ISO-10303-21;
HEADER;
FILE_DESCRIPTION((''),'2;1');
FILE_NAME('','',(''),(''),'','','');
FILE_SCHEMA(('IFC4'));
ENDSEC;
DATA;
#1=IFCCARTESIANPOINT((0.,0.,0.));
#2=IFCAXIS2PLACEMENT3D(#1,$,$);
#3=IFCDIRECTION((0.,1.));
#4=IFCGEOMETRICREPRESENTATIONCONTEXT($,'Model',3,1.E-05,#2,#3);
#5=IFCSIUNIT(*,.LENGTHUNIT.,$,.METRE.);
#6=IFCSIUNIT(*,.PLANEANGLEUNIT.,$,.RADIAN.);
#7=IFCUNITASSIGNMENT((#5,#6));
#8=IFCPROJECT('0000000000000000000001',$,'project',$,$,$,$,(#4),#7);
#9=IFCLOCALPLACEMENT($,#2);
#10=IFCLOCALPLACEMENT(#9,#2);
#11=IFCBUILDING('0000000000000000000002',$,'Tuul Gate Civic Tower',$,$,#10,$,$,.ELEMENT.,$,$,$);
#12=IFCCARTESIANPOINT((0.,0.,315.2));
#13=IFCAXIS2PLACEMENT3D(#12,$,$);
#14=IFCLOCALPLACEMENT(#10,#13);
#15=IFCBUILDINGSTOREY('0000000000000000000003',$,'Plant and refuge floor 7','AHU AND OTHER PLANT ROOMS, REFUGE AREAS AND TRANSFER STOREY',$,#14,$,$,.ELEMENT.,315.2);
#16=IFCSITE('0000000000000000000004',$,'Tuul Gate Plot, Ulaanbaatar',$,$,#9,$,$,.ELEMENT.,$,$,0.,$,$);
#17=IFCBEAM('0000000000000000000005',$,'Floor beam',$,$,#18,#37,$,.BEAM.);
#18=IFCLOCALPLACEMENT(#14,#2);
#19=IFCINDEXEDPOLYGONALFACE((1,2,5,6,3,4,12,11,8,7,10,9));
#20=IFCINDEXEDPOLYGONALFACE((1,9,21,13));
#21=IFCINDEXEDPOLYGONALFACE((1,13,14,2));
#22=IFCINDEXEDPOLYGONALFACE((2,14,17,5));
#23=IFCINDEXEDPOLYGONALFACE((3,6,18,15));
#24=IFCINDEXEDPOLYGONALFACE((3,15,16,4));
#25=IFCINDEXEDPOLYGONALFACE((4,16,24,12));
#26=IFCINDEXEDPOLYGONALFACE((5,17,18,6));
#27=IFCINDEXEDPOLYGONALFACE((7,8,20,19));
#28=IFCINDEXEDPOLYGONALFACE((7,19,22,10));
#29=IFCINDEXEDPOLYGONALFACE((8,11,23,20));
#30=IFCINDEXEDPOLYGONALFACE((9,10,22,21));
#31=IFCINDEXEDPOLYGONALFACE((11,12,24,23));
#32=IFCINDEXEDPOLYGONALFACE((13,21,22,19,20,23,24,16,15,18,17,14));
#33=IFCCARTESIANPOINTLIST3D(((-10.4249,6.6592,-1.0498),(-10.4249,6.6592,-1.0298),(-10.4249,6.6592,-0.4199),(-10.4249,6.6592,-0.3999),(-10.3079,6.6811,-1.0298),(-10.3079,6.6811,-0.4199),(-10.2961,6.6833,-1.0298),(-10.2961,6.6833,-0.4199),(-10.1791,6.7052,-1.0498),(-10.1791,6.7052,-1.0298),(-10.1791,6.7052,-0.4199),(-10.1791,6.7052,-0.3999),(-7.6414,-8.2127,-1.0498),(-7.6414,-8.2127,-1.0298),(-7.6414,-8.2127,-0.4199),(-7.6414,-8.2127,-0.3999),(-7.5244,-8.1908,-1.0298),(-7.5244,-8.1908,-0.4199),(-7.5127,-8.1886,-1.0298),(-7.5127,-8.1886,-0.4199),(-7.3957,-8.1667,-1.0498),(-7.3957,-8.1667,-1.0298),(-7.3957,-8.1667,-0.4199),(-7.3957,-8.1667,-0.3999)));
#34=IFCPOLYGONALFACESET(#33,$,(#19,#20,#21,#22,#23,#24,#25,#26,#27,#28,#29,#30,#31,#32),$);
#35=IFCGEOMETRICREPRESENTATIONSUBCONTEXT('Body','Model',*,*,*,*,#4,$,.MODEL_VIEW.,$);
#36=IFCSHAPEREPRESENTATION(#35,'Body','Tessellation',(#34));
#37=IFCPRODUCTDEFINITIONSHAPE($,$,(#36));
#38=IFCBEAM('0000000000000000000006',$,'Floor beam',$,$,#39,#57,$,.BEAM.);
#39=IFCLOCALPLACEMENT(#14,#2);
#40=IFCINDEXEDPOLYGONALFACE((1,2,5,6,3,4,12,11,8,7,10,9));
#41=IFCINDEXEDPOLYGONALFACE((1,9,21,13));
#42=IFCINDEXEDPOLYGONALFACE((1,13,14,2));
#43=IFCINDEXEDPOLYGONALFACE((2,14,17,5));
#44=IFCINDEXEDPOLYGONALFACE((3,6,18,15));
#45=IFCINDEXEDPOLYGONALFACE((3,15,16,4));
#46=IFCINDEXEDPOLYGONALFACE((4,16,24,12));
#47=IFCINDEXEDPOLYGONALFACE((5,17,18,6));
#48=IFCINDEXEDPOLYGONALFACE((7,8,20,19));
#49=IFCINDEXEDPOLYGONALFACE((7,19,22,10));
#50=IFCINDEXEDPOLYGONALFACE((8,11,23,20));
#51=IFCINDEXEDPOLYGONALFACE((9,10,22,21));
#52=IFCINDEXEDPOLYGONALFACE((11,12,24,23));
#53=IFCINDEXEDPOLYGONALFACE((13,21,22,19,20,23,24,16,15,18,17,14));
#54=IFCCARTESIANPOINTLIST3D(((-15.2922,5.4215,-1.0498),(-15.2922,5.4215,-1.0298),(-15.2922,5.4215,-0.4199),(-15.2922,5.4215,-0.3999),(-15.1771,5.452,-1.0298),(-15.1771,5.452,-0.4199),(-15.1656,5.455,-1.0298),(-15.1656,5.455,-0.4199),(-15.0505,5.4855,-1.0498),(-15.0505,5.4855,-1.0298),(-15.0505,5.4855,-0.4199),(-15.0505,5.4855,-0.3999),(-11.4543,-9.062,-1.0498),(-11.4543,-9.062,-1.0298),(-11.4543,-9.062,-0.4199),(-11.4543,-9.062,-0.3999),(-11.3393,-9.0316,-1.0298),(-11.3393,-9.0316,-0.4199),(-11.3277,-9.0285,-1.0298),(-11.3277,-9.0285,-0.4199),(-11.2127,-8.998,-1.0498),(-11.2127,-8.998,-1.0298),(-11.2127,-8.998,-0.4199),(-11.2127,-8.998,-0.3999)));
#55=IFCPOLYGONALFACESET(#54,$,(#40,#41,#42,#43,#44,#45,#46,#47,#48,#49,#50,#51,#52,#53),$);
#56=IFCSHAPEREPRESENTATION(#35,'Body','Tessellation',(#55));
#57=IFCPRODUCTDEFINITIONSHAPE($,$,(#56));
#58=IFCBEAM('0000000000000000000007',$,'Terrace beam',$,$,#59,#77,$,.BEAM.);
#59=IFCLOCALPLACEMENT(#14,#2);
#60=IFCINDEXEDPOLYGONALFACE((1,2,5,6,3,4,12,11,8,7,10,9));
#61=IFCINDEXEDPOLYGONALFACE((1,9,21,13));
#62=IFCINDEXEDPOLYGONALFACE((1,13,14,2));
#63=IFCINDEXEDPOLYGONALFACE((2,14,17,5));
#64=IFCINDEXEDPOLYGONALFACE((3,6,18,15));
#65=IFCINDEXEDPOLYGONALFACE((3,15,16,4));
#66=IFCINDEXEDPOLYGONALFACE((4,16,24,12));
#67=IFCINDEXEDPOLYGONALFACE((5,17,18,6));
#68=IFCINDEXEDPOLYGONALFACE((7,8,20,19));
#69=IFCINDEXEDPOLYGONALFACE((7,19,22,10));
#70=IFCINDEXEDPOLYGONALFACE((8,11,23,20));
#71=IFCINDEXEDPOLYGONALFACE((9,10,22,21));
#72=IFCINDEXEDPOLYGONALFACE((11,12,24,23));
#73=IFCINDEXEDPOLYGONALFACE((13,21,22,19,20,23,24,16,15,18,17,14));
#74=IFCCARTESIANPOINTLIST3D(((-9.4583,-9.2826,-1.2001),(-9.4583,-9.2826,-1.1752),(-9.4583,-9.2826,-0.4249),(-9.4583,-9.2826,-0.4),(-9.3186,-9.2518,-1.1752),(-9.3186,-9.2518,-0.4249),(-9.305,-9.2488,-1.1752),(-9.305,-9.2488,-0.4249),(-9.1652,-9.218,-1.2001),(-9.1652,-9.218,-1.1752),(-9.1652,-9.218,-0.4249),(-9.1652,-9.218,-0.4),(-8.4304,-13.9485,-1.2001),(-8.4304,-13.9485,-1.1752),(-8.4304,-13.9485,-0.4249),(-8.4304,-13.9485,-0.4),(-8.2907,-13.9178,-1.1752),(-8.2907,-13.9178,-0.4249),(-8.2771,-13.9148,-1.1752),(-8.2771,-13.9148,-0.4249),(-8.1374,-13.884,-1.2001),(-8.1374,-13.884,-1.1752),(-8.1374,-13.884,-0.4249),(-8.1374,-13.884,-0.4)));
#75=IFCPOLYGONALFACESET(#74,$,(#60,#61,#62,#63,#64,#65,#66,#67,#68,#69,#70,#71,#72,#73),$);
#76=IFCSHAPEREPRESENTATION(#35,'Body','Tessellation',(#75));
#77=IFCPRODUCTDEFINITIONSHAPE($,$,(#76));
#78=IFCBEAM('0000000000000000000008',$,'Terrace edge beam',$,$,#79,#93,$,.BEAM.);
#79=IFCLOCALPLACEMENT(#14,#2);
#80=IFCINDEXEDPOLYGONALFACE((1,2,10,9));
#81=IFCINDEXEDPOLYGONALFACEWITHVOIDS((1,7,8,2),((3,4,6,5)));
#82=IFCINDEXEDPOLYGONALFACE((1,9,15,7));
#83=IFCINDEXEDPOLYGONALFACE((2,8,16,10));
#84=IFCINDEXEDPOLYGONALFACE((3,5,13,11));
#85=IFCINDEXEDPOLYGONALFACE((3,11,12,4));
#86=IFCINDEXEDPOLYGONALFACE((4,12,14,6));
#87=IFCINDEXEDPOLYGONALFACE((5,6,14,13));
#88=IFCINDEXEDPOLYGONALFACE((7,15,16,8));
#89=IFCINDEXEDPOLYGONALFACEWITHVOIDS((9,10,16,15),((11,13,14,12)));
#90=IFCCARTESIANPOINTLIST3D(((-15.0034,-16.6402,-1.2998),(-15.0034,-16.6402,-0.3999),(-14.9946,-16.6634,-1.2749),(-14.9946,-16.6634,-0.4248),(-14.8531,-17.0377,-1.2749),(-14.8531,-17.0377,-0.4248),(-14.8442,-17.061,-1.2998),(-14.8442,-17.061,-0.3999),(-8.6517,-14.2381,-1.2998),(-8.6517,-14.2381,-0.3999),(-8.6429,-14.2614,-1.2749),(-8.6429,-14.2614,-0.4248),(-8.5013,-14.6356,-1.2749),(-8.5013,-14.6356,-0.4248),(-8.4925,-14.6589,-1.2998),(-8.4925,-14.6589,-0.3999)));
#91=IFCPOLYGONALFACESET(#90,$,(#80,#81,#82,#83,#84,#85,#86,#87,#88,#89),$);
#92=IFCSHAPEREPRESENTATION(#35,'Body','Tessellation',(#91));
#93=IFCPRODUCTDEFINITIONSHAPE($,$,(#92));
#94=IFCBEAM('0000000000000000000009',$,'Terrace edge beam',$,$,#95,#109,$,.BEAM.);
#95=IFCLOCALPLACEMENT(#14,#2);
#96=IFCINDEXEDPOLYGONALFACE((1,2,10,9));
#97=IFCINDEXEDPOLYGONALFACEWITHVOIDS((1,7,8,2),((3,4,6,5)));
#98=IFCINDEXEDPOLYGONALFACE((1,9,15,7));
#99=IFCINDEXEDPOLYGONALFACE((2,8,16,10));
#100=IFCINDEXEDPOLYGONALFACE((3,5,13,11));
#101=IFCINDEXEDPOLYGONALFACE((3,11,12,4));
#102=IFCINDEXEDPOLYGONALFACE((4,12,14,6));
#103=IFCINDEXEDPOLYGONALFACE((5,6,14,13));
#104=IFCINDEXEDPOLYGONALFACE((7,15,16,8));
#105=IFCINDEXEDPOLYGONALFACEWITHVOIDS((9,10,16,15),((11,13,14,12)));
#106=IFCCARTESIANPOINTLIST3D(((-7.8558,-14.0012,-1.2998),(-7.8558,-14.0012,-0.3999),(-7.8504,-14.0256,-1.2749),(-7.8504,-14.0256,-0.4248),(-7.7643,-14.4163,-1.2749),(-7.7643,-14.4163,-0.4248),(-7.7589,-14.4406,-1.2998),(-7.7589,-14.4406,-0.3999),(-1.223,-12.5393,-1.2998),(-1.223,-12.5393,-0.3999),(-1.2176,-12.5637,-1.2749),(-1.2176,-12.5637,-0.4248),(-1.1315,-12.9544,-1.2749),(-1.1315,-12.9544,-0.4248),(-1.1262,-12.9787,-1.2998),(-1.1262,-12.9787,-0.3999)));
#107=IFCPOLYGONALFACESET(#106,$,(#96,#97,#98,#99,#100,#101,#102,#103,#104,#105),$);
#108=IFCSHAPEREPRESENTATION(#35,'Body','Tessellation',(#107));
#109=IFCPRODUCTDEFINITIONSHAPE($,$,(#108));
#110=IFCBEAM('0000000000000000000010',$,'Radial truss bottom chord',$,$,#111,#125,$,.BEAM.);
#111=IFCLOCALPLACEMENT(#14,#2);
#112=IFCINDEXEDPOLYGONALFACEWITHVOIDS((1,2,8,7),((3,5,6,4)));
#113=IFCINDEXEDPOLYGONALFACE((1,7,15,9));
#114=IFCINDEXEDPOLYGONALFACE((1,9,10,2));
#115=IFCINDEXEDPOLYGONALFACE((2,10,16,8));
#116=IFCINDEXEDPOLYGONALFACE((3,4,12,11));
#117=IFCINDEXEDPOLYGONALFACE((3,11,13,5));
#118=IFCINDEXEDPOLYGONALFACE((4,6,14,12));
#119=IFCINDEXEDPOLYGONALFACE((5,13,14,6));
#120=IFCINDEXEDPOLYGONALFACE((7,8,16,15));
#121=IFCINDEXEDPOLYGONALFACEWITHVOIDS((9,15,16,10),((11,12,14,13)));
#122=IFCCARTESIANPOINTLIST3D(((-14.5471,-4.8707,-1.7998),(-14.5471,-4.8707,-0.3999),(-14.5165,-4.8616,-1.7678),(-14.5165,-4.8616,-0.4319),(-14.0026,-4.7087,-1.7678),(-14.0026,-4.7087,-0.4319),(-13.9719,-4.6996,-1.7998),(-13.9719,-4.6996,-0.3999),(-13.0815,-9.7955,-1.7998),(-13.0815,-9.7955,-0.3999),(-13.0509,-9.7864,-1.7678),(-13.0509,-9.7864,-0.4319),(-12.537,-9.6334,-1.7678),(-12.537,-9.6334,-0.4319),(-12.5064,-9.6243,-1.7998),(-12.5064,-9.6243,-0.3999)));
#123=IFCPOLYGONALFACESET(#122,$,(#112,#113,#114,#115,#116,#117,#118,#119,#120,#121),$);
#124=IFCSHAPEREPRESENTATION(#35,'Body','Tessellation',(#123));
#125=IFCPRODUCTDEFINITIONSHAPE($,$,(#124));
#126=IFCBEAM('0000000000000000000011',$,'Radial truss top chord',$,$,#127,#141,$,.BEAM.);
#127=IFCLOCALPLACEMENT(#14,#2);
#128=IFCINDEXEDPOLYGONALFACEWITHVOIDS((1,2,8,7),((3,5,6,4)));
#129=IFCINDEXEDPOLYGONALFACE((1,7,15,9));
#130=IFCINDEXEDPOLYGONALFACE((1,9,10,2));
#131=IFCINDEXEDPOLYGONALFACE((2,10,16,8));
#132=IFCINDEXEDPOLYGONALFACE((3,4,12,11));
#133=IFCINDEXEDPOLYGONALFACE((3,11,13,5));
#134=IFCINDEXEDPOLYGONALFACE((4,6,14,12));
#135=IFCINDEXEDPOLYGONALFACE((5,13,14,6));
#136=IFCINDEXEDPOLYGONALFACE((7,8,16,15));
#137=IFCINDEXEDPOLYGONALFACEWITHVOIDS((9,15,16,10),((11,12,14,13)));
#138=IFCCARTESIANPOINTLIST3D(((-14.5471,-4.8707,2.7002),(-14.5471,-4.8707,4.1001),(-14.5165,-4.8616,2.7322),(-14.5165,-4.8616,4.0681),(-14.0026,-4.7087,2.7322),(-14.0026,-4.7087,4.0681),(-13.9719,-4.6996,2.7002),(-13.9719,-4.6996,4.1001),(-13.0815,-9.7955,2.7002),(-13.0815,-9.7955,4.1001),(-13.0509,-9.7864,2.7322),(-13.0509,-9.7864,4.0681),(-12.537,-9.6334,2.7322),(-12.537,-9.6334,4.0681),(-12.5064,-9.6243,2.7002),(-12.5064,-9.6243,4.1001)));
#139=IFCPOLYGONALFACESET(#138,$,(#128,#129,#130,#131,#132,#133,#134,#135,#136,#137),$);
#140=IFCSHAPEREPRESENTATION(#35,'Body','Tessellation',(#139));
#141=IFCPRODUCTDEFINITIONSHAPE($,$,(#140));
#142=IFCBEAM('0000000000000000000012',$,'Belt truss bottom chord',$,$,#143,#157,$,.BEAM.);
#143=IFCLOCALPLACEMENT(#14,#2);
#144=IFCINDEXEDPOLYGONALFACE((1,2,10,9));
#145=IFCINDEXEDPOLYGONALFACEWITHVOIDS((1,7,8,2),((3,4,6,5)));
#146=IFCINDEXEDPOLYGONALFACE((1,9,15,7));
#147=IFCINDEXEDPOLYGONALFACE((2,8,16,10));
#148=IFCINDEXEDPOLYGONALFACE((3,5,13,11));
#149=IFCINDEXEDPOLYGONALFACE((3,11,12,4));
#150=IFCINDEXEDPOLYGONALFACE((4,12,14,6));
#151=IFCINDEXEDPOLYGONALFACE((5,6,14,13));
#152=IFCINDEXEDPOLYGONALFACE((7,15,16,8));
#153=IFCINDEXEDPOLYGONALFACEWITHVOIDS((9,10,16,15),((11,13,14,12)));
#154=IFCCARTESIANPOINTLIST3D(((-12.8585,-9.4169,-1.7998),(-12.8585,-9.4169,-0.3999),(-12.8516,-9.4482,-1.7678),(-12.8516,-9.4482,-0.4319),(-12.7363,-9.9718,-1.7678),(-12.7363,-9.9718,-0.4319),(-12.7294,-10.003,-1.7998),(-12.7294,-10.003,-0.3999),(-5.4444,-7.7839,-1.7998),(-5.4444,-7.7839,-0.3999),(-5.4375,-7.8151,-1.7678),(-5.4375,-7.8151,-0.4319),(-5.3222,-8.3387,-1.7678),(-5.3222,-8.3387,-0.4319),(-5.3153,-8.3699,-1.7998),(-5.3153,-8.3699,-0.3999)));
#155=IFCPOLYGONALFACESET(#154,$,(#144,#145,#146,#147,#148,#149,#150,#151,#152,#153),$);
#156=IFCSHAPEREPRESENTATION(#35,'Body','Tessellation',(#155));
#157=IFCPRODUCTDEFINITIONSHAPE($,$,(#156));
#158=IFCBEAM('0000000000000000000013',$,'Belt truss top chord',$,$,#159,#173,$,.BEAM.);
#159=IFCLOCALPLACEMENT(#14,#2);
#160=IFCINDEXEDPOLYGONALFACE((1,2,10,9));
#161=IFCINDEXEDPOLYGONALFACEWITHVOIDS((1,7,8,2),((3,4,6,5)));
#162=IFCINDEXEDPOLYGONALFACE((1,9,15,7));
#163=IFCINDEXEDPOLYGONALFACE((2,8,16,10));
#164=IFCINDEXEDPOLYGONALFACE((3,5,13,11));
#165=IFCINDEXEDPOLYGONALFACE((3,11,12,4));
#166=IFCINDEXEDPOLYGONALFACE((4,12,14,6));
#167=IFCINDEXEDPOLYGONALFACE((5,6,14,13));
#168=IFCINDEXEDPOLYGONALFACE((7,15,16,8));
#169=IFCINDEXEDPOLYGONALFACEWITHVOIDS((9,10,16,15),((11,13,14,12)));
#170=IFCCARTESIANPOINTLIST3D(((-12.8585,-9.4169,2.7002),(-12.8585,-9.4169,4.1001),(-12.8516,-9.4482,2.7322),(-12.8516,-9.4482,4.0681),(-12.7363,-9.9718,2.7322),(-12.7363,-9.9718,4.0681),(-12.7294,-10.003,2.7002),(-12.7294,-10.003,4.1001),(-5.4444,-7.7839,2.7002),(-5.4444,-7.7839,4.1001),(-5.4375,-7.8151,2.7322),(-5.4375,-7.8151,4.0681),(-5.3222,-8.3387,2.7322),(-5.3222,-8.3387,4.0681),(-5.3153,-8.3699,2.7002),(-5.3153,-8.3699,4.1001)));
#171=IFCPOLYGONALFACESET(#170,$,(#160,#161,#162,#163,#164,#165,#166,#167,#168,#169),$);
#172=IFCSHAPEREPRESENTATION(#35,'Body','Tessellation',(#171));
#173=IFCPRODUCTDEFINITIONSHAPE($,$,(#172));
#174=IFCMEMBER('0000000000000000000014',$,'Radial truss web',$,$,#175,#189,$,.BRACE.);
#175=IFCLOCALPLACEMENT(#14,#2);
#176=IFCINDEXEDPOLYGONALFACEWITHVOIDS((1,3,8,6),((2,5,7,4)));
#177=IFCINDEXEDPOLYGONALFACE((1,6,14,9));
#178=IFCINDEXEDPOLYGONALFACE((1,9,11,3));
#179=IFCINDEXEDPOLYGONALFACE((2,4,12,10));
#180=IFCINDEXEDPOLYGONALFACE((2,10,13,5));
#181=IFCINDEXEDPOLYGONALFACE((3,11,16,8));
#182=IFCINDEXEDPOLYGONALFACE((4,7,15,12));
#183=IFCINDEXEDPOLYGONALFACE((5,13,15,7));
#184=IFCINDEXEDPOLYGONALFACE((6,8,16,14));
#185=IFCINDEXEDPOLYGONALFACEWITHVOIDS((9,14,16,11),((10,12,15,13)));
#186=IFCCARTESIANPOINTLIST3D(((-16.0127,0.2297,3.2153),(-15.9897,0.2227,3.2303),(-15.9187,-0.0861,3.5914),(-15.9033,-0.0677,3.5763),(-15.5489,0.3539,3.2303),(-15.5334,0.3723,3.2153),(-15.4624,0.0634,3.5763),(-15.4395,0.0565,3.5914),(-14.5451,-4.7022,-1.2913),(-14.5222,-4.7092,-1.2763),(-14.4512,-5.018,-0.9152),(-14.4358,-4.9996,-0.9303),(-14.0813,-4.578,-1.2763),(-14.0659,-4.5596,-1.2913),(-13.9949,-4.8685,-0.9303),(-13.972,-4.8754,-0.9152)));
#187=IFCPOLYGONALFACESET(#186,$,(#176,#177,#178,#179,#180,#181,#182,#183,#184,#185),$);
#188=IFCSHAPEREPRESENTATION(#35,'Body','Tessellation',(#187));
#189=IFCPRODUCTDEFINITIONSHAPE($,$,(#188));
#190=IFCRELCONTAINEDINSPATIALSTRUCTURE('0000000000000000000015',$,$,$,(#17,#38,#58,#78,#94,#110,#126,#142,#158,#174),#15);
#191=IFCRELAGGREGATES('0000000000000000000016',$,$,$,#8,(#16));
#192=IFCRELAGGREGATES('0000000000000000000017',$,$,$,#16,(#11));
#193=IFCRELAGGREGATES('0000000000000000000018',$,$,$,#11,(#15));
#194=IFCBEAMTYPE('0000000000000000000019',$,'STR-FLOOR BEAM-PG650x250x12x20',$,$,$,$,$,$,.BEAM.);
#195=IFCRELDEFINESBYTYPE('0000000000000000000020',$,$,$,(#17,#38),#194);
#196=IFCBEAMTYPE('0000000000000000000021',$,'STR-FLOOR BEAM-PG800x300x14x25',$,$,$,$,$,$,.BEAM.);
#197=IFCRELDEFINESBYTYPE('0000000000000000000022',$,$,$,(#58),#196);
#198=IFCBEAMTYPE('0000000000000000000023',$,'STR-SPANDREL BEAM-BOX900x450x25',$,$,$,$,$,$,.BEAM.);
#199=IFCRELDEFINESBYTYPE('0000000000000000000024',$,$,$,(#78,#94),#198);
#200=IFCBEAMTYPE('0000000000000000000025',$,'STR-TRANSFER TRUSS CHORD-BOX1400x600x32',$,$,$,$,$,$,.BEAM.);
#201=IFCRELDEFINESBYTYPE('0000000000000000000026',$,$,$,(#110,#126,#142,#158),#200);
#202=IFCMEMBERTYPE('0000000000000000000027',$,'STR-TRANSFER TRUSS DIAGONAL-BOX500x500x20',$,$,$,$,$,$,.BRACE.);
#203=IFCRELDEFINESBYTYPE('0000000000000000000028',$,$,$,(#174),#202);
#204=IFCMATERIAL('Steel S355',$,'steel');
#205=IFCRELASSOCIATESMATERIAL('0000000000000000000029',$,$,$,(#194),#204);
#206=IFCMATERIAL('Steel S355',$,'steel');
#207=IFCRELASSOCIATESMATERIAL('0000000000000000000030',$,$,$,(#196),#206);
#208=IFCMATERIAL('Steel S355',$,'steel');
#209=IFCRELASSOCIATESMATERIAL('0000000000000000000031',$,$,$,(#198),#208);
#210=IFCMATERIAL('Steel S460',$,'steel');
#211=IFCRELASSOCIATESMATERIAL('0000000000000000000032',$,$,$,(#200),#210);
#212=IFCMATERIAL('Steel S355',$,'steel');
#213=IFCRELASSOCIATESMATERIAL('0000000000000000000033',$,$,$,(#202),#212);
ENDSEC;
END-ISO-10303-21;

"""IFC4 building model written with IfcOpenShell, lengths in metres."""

from ifc_helpers import new_model, si_unit, direction, frame, origin, origin_2d, place, context, subcontext, project, spatial, hollow_rectangle, i_section, extrude, material, material_profile, profile_set, type_object, element, save


model = new_model("IFC4")

# Units and contexts
model_context = context("Model", 3, precision=1e-05, world=origin(), true_north=direction((0.0, 1.0)))
body_context = subcontext(model_context, "Body", "Model", "MODEL_VIEW")
ifc_project = project(units=[si_unit("LENGTHUNIT", "METRE"), si_unit("PLANEANGLEUNIT", "RADIAN")], contexts=[model_context])

# Site, building, storey
site_placement = place(None, origin())
site = spatial("IfcSite", under=ifc_project, at=site_placement, Name="Tuul Gate Plot, Ulaanbaatar", CompositionType="ELEMENT", RefElevation=0.0)
building_placement = place(site_placement, origin())
building = spatial("IfcBuilding", under=site, at=building_placement, Name="Tuul Gate Civic Tower", CompositionType="ELEMENT")
storey_placement = place(building_placement, frame((0.0, 0.0, 315.2)))
storey = spatial("IfcBuildingStorey", under=building, at=storey_placement, Name="Plant and refuge floor 7", Description="AHU AND OTHER PLANT ROOMS, REFUGE AREAS AND TRANSFER STOREY", CompositionType="ELEMENT", Elevation=315.2)

# Beams
ifc_material_1 = material(Name="Steel S355", Category="steel")
ifc_material_profile_1 = material_profile(ifc_material_1, i_section(OverallWidth=0.25, OverallDepth=0.6499, WebThickness=0.012, FlangeThickness=0.02, at=origin_2d()), Name="PG650x250x12x20")
ifc_profile_set_1 = profile_set([ifc_material_profile_1], Name="Steel S355")
beam_type_1 = type_object("IfcBeamType", Name="STR-FLOOR BEAM-PG650x250x12x20", PredefinedType="BEAM", material=ifc_profile_set_1)
beam_1_placement = place(storey_placement, frame((-7.5186, -8.1897, -0.7249), z_axis=(-0.183968, 0.982932, 0.0), x_axis=(-0.982932, -0.183968, 0.0)))
element("IfcBeam", 1, at=beam_1_placement, inside=storey, type_object=beam_type_1, Name="Floor beam", PredefinedType="BEAM", context=body_context, shape_type="SweptSolid", body=[
    extrude(i_section(OverallWidth=0.25, OverallDepth=0.6499, WebThickness=0.012, FlangeThickness=0.02, at=origin_2d()), origin(), (0.0, 0.0, 1.0), 15.1301),
])
beam_2_placement = place(storey_placement, frame((-11.3335, -9.03, -0.7249), z_axis=(-0.256141, 0.966639, 0.0), x_axis=(-0.966639, -0.256141, 0.0)))
element("IfcBeam", 2, at=beam_2_placement, inside=storey, type_object=beam_type_1, Name="Floor beam", PredefinedType="BEAM", context=body_context, shape_type="SweptSolid", body=[
    extrude(i_section(OverallWidth=0.25, OverallDepth=0.6499, WebThickness=0.012, FlangeThickness=0.02, at=origin_2d()), origin(), (0.0, 0.0, 1.0), 14.9834),
])
ifc_material_2 = material(Name="Steel S355", Category="steel")
ifc_material_profile_2 = material_profile(ifc_material_2, i_section(OverallWidth=0.3, OverallDepth=0.8, WebThickness=0.0139, FlangeThickness=0.0249, at=origin_2d()), Name="PG800x300x14x25")
ifc_profile_set_2 = profile_set([ifc_material_profile_2], Name="Steel S355")
beam_type_2 = type_object("IfcBeamType", Name="STR-FLOOR BEAM-PG800x300x14x25", PredefinedType="BEAM", material=ifc_profile_set_2)
beam_3_placement = place(storey_placement, frame((-8.2839, -13.9163, -0.8), z_axis=(-0.215123, 0.976587, 0.0), x_axis=(-0.976587, -0.215123, 0.0)))
element("IfcBeam", 3, at=beam_3_placement, inside=storey, type_object=beam_type_2, Name="Terrace beam", PredefinedType="BEAM", context=body_context, shape_type="SweptSolid", body=[
    extrude(i_section(OverallWidth=0.3, OverallDepth=0.8, WebThickness=0.0139, FlangeThickness=0.0249, at=origin_2d()), origin(), (0.0, 0.0, 1.0), 4.7778),
])
ifc_material_3 = material(Name="Steel S355", Category="steel")
ifc_material_profile_3 = material_profile(ifc_material_3, hollow_rectangle(XDim=0.45, YDim=0.8999, WallThickness=0.0249, at=origin_2d()), Name="BOX900x450x25")
ifc_profile_set_3 = profile_set([ifc_material_profile_3], Name="Steel S355")
beam_type_3 = type_object("IfcBeamType", Name="STR-SPANDREL BEAM-BOX900x450x25", PredefinedType="BEAM", material=ifc_profile_set_3)
beam_4_placement = place(storey_placement, frame((-14.9238, -16.8506, -0.8499), z_axis=(0.935349, 0.353726, 0.0), x_axis=(-0.353726, 0.935349, 0.0)))
element("IfcBeam", 4, at=beam_4_placement, inside=storey, type_object=beam_type_3, Name="Terrace edge beam", PredefinedType="BEAM", context=body_context, shape_type="SweptSolid", body=[
    extrude(hollow_rectangle(XDim=0.45, YDim=0.8999, WallThickness=0.0249, at=origin_2d()), origin(), (0.0, 0.0, 1.0), 6.7908),
])
beam_5_placement = place(storey_placement, frame((-7.8074, -14.2209, -0.8499), z_axis=(0.976561, 0.21524, 0.0), x_axis=(-0.21524, 0.976561, 0.0)))
element("IfcBeam", 5, at=beam_5_placement, inside=storey, type_object=beam_type_3, Name="Terrace edge beam", PredefinedType="BEAM", context=body_context, shape_type="SweptSolid", body=[
    extrude(hollow_rectangle(XDim=0.45, YDim=0.8999, WallThickness=0.0249, at=origin_2d()), origin(), (0.0, 0.0, 1.0), 6.792),
])
ifc_material_4 = material(Name="Steel S460", Category="steel")
ifc_material_profile_4 = material_profile(ifc_material_4, hollow_rectangle(XDim=0.6001, YDim=1.3999, WallThickness=0.032, at=origin_2d()), Name="BOX1400x600x32")
ifc_profile_set_4 = profile_set([ifc_material_profile_4], Name="Steel S460")
beam_type_4 = type_object("IfcBeamType", Name="STR-TRANSFER TRUSS CHORD-BOX1400x600x32", PredefinedType="BEAM", material=ifc_profile_set_4)
for number, where, z_axis, x_axis, name in (
    (6, (-14.2595, -4.7852, -1.0999), (0.285229, -0.95846, 0.0), (0.95846, 0.285229, 0.0), "Radial truss bottom chord"),
    (7, (-14.2595, -4.7852, 3.4001), (0.285229, -0.95846, 0.0), (0.95846, 0.285229, 0.0), "Radial truss top chord"),
):
    element("IfcBeam", number, at=place(storey_placement, frame(where, z_axis=z_axis, x_axis=x_axis)), inside=storey, type_object=beam_type_4, Name=name, PredefinedType="BEAM", context=body_context, shape_type="SweptSolid", body=[
        extrude(hollow_rectangle(XDim=0.6001, YDim=1.3999, WallThickness=0.032, at=origin_2d()), origin(), (0.0, 0.0, 1.0), 5.1382),
    ])
for number, where, z_axis, x_axis, name in (
    (8, (-12.7939, -9.71, -1.0999), (0.97659, 0.215108, 0.0), (-0.215108, 0.97659, 0.0), "Belt truss bottom chord"),
    (9, (-12.7939, -9.71, 3.4001), (0.97659, 0.215108, 0.0), (-0.215108, 0.97659, 0.0), "Belt truss top chord"),
):
    element("IfcBeam", number, at=place(storey_placement, frame(where, z_axis=z_axis, x_axis=x_axis)), inside=storey, type_object=beam_type_4, Name=name, PredefinedType="BEAM", context=body_context, shape_type="SweptSolid", body=[
        extrude(hollow_rectangle(XDim=0.6001, YDim=1.3999, WallThickness=0.032, at=origin_2d()), origin(), (0.0, 0.0, 1.0), 7.5918),
    ])

# Member
ifc_material_5 = material(Name="Steel S355", Category="steel")
ifc_material_profile_5 = material_profile(ifc_material_5, hollow_rectangle(XDim=0.5, YDim=0.5, WallThickness=0.02, at=origin_2d()), Name="BOX500x500x20")
ifc_profile_set_5 = profile_set([ifc_material_profile_5], Name="Steel S355")
member_type_1 = type_object("IfcMemberType", Name="STR-TRANSFER TRUSS DIAGONAL-BOX500x500x20", PredefinedType="BRACE", material=ifc_profile_set_5)
member_1_placement = place(storey_placement, frame((-14.2585, -4.7888, -1.1033), z_axis=(-0.214549, 0.721029, 0.658852), x_axis=(-0.958468, -0.285201, 0.0)))
element("IfcMember", 10, at=member_1_placement, inside=storey, type_object=member_type_1, Name="Radial truss web", PredefinedType="BRACE", context=body_context, shape_type="SweptSolid", body=[
    extrude(hollow_rectangle(XDim=0.5, YDim=0.5, WallThickness=0.02, at=origin_2d()), origin(), (0.0, 0.0, 1.0), 6.8401),
])

save(model, "model.ifc")
